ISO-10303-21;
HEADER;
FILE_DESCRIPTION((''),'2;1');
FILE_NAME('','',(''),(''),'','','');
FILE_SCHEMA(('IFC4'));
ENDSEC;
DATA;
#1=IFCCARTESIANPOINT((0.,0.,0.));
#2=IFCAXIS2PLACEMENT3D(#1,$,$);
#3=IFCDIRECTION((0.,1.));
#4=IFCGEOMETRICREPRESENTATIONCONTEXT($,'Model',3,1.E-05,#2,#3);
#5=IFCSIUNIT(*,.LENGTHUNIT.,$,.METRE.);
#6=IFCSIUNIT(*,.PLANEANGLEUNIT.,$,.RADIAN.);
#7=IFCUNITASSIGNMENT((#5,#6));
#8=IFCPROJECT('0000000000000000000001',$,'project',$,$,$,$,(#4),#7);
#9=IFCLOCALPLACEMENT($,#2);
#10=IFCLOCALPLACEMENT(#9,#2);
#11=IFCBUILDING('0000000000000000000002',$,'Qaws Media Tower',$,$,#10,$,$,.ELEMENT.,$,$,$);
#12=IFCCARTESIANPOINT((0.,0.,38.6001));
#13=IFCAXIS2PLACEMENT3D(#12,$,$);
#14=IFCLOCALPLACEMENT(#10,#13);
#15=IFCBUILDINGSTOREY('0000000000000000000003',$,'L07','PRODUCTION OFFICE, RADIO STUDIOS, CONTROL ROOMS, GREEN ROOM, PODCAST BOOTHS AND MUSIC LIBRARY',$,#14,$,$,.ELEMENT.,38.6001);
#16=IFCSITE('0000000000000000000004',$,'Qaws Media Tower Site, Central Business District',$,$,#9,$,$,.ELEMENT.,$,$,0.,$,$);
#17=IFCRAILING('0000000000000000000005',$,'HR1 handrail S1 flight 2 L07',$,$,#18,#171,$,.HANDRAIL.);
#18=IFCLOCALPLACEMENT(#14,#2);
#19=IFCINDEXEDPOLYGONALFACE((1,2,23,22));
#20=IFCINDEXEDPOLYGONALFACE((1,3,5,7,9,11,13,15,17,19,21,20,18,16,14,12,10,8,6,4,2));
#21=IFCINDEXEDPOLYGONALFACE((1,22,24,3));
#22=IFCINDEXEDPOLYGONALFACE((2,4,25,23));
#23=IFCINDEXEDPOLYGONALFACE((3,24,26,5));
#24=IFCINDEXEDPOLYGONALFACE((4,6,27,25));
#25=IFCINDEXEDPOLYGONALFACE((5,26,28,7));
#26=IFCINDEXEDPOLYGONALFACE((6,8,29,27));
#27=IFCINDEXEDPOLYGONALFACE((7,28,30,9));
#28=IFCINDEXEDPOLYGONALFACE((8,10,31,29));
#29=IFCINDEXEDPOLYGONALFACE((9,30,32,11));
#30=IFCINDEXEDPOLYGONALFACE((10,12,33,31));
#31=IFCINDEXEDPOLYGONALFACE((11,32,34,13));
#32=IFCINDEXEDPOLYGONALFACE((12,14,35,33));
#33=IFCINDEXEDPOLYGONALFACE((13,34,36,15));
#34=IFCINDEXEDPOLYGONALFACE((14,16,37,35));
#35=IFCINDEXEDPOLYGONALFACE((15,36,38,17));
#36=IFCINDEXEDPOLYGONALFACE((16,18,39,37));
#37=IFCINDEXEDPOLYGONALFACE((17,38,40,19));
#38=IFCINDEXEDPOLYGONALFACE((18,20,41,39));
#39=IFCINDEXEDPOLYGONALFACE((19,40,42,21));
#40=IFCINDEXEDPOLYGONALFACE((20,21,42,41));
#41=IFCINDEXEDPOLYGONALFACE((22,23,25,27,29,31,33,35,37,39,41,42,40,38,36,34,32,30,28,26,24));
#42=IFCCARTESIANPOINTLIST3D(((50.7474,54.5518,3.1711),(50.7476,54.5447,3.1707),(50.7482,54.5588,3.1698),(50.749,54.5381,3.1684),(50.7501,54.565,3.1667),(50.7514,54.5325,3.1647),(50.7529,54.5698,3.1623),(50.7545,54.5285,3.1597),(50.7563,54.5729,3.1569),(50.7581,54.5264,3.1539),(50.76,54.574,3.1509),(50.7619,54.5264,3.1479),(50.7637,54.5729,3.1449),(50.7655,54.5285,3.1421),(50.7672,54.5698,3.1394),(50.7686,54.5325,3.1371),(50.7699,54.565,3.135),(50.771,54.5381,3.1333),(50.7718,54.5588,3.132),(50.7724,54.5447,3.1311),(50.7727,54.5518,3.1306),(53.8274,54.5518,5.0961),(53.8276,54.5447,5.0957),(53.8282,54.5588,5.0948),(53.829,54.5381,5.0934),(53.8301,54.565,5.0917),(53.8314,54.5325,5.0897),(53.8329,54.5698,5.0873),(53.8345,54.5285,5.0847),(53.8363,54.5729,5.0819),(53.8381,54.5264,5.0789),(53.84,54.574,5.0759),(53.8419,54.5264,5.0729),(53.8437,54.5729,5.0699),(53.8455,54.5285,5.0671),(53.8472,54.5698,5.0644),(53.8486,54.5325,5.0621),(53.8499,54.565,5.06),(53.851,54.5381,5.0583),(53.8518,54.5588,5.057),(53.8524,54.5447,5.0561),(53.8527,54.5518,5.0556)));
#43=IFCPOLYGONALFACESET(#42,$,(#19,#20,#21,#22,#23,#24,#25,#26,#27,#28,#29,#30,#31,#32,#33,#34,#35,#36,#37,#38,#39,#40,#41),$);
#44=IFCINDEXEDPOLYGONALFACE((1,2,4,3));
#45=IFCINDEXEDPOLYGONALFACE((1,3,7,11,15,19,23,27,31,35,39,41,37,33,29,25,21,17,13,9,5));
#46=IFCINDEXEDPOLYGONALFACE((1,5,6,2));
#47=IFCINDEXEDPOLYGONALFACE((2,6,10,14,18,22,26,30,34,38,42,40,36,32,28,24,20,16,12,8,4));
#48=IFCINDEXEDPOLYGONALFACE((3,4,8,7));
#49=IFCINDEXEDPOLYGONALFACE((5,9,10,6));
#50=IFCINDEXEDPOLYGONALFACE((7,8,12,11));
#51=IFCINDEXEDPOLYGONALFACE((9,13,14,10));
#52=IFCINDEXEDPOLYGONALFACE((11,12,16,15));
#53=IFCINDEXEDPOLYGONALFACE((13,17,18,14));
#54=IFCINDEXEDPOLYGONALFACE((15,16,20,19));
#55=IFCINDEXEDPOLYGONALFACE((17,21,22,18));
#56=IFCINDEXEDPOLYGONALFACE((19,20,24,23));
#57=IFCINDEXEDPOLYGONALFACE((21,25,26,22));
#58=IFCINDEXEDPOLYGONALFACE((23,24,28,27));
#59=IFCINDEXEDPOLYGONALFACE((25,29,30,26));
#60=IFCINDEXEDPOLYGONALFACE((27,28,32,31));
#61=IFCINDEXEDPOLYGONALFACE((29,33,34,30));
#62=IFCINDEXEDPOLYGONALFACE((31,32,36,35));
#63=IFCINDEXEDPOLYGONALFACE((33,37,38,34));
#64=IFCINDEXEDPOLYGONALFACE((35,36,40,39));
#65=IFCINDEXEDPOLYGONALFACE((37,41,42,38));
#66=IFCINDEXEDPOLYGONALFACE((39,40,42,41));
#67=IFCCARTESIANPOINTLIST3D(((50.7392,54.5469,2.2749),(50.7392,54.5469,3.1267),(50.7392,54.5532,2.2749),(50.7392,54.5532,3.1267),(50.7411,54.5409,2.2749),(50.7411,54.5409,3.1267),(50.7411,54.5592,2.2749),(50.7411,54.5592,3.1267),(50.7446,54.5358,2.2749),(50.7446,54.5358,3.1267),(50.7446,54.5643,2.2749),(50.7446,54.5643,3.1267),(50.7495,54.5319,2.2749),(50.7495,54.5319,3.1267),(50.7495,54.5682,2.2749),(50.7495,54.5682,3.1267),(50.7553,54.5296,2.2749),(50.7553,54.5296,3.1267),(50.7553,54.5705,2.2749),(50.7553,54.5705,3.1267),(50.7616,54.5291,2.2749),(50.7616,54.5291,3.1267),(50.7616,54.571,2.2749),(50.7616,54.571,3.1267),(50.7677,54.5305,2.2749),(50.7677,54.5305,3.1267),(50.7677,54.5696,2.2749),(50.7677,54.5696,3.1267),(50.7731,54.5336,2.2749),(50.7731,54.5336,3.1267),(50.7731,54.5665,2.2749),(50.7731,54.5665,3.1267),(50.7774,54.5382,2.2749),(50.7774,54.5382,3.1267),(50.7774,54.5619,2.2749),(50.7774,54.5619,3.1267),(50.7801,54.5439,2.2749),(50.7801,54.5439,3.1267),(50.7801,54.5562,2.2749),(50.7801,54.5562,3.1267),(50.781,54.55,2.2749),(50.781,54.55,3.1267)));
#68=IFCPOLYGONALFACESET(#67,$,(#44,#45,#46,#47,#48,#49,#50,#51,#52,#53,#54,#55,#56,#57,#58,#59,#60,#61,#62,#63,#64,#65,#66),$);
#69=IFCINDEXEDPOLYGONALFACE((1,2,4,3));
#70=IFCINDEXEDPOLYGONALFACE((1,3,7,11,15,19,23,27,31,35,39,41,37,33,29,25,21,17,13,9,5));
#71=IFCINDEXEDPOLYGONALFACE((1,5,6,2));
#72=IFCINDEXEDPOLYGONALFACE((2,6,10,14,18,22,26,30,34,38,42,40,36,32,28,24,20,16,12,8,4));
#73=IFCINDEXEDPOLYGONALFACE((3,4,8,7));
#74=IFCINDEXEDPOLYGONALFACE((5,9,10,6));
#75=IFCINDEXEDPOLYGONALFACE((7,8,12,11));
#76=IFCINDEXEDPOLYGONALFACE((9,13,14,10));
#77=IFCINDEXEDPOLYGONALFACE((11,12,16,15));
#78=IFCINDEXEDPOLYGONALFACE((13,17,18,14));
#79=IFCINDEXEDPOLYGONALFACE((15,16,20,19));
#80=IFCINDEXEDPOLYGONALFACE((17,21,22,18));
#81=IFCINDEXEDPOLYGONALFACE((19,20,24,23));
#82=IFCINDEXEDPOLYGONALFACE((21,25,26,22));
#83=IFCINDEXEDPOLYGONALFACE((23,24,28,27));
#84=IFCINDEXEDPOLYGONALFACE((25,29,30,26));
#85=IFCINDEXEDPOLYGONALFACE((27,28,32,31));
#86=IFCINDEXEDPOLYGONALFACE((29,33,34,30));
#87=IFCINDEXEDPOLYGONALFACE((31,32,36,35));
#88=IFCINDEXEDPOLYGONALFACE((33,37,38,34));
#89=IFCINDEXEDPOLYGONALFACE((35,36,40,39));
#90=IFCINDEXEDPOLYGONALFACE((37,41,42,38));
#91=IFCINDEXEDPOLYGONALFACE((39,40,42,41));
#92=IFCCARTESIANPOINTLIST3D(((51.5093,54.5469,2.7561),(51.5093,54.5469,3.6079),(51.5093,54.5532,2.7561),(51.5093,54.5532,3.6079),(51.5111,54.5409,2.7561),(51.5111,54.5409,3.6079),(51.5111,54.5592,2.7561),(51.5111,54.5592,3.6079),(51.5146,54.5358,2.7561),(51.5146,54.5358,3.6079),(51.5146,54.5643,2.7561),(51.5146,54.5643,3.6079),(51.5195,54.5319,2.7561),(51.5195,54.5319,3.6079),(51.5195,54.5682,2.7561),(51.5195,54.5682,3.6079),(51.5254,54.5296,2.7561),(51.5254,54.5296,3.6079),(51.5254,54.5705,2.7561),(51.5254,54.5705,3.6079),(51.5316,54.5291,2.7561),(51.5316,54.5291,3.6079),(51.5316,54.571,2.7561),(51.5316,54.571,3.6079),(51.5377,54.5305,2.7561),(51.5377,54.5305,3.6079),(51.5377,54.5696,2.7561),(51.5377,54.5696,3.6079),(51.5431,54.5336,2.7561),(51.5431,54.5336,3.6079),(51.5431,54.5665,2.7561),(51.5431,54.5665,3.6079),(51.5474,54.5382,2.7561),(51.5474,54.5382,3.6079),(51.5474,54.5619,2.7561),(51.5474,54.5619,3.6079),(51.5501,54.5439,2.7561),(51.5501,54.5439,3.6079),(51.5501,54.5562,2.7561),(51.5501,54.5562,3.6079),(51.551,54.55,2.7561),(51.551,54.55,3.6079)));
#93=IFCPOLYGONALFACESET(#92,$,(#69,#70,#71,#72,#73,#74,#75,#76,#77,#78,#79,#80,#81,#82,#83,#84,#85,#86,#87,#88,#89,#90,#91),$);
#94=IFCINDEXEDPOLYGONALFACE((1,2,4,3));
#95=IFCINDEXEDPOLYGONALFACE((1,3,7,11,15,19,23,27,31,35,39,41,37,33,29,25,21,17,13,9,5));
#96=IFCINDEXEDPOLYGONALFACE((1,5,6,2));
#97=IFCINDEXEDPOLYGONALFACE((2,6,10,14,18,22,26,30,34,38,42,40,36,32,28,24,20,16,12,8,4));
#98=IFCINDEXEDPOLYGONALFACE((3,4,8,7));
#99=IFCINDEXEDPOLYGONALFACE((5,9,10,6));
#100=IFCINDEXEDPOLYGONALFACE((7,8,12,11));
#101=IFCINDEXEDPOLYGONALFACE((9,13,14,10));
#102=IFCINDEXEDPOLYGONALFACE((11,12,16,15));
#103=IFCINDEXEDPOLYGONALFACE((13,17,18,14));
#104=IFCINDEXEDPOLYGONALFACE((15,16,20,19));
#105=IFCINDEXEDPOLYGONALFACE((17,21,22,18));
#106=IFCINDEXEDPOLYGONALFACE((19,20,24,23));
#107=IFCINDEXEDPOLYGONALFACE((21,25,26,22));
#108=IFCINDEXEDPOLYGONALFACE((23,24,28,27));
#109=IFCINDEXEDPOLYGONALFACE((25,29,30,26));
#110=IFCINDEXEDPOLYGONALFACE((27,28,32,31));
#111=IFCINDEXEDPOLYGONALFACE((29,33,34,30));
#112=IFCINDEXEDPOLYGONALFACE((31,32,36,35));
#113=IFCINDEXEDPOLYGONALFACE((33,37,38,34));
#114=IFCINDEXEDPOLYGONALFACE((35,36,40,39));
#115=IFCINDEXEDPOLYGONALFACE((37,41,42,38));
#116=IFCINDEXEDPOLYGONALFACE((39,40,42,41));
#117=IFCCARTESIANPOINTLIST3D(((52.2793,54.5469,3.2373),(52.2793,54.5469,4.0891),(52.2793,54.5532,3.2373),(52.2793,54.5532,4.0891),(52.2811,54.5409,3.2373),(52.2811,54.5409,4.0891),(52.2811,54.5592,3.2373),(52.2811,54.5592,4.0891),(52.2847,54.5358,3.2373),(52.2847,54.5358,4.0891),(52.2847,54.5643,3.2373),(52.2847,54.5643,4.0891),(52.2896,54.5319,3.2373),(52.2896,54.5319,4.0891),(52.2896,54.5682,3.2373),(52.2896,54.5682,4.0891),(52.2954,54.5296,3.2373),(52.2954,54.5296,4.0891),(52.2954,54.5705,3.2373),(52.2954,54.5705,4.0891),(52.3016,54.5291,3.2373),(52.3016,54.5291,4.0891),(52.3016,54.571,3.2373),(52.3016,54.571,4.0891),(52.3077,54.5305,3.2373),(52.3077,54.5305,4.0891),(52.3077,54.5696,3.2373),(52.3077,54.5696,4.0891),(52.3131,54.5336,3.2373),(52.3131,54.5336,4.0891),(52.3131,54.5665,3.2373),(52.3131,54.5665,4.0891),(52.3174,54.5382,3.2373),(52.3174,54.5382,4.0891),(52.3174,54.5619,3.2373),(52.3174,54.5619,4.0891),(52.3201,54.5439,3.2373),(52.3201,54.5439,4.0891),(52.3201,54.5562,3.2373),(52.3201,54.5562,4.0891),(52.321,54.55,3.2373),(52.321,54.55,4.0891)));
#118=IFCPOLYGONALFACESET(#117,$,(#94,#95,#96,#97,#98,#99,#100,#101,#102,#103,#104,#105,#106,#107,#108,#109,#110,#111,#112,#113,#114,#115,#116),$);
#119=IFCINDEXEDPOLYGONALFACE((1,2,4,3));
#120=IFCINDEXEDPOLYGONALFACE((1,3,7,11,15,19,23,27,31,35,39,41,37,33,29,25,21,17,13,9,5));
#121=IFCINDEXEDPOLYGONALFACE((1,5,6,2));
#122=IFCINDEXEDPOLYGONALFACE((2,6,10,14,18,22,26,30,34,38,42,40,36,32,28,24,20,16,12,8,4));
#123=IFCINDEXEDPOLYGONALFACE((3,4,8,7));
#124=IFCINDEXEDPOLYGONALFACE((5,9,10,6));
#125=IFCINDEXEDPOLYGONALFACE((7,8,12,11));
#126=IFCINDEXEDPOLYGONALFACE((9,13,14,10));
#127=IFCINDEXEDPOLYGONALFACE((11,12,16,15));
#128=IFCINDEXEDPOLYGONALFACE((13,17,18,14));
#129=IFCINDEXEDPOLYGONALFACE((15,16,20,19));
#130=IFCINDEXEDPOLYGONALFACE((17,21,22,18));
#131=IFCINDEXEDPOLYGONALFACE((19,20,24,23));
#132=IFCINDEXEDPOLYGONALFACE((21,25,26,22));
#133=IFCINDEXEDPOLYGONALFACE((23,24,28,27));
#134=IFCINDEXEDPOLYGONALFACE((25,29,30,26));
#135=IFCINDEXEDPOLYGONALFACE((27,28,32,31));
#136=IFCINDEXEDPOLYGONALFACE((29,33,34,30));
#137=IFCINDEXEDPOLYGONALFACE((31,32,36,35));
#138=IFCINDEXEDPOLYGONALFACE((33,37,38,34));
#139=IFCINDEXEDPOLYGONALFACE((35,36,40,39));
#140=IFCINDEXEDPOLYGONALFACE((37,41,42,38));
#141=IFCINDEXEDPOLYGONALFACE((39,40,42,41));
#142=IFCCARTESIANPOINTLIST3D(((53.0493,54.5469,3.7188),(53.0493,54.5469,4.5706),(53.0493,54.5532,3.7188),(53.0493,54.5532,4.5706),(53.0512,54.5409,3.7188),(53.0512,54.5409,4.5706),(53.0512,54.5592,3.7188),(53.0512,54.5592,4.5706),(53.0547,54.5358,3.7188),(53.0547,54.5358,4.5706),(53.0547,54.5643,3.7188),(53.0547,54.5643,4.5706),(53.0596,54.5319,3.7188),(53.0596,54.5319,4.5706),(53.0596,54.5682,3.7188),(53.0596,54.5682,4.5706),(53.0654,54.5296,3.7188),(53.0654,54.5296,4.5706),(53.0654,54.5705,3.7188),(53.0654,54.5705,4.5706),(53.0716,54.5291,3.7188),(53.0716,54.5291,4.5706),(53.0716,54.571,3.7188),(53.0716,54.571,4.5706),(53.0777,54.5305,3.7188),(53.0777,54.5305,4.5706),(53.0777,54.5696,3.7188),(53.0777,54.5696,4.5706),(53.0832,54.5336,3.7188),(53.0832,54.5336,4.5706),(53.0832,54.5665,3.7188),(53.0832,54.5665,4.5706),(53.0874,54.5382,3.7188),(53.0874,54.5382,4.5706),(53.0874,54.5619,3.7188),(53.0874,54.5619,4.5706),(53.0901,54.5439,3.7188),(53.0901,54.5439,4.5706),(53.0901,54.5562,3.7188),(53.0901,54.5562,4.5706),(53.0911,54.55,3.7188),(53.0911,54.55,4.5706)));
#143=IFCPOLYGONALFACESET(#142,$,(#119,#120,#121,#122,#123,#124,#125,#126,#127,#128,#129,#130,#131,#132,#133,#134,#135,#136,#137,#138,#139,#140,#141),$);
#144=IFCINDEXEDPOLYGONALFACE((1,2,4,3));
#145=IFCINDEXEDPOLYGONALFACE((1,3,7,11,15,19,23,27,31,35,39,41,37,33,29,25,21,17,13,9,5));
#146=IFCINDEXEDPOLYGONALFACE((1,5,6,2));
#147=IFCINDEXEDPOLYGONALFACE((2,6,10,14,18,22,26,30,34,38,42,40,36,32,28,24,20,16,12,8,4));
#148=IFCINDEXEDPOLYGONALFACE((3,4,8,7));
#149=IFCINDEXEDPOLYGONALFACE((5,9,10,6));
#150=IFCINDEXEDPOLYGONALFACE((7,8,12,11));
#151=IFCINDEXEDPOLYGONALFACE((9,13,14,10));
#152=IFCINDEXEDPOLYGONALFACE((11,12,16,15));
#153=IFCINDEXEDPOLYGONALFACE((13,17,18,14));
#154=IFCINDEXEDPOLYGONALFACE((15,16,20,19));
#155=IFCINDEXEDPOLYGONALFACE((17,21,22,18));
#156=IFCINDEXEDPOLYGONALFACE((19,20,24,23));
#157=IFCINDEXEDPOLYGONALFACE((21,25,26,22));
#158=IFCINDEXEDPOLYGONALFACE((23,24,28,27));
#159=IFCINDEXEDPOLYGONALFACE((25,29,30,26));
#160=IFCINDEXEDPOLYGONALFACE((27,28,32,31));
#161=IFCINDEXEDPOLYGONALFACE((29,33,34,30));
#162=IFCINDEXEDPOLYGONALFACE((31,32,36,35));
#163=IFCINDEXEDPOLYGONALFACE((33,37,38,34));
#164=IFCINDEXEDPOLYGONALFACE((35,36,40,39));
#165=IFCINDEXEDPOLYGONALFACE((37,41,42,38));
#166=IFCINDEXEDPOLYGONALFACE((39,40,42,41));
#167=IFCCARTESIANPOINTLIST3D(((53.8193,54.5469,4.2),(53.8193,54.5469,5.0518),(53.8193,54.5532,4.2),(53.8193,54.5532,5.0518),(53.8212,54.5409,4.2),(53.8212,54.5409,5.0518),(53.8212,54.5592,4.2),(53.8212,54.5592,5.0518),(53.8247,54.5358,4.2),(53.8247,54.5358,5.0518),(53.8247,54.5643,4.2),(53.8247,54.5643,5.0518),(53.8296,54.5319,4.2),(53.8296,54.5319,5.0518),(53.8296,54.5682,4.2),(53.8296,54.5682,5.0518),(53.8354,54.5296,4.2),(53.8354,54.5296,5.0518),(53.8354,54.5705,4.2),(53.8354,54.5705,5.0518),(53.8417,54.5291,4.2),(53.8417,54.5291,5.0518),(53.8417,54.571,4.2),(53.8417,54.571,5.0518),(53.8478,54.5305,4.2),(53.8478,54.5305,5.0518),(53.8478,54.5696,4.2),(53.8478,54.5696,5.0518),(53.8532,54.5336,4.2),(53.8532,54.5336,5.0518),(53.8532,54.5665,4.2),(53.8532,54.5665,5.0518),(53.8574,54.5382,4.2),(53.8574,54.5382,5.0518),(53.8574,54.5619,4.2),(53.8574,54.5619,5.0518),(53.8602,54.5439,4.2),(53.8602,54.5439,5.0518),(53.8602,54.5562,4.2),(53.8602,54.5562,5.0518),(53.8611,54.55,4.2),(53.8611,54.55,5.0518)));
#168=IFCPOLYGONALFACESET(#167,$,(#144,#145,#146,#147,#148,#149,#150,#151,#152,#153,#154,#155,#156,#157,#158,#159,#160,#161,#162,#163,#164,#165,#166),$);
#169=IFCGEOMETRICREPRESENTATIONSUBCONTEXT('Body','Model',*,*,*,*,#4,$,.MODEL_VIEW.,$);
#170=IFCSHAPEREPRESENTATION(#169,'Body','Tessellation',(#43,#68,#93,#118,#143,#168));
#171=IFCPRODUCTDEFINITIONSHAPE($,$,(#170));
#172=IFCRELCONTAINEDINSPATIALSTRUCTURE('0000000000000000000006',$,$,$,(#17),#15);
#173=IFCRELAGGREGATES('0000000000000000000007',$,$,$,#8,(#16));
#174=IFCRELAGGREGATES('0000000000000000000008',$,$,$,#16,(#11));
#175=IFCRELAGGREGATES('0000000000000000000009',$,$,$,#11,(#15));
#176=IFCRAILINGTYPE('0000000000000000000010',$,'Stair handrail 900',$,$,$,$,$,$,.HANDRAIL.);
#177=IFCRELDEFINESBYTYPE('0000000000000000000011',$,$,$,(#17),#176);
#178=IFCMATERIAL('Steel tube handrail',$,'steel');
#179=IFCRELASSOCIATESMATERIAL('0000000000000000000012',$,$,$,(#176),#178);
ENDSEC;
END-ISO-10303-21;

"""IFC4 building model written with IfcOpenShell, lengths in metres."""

from ifc_helpers import new_model, si_unit, direction, frame, origin, origin_2d, place, context, subcontext, project, spatial, circle, extrude, material, type_object, element, save


model = new_model("IFC4")

# Units and contexts
model_context = context("Model", 3, precision=1e-05, world=origin(), true_north=direction((0.0, 1.0)))
body_context = subcontext(model_context, "Body", "Model", "MODEL_VIEW")
ifc_project = project(units=[si_unit("LENGTHUNIT", "METRE"), si_unit("PLANEANGLEUNIT", "RADIAN")], contexts=[model_context])

# Site, building, storey
site_placement = place(None, origin())
site = spatial("IfcSite", under=ifc_project, at=site_placement, Name="Qaws Media Tower Site, Central Business District", CompositionType="ELEMENT", RefElevation=0.0)
building_placement = place(site_placement, origin())
building = spatial("IfcBuilding", under=site, at=building_placement, Name="Qaws Media Tower", CompositionType="ELEMENT")
storey_placement = place(building_placement, frame((0.0, 0.0, 38.6001)))
storey = spatial("IfcBuildingStorey", under=building, at=storey_placement, Name="L07", Description="PRODUCTION OFFICE, RADIO STUDIOS, CONTROL ROOMS, GREEN ROOM, PODCAST BOOTHS AND MUSIC LIBRARY", CompositionType="ELEMENT", Elevation=38.6001)

# Railing
ifc_material_1 = material(Name="Steel tube handrail", Category="steel")
railing_type = type_object("IfcRailingType", Name="Stair handrail 900", PredefinedType="HANDRAIL", material=ifc_material_1)
for number, where, name in (
    (1, (50.76, 54.55, 2.2749), "HR1 handrail S1 flight 2 L07"),
):
    element("IfcRailing", number, at=place(storey_placement, frame(where)), inside=storey, type_object=railing_type, Name=name, PredefinedType="HANDRAIL", context=body_context, shape_type="SweptSolid", body=[
        extrude(circle(Radius=0.0239, at=origin_2d()), frame((0.0, 0.0, 0.876), z_axis=(0.847998, 0.0, 0.529999), x_axis=(0.0, 1.0, 0.0)), (0.0, 0.0, 1.0), 3.6321),
        extrude(circle(Radius=0.021, at=origin_2d()), origin(), (0.0, 0.0, 1.0), 0.8518),
        extrude(circle(Radius=0.021, at=origin_2d()), frame((0.77, 0.0, 0.4812)), (0.0, 0.0, 1.0), 0.8518),
        extrude(circle(Radius=0.021, at=origin_2d()), frame((1.54, 0.0, 0.9624)), (0.0, 0.0, 1.0), 0.8518),
        extrude(circle(Radius=0.021, at=origin_2d()), frame((2.3101, 0.0, 1.4438)), (0.0, 0.0, 1.0), 0.8518),
        extrude(circle(Radius=0.021, at=origin_2d()), frame((3.0801, 0.0, 1.925)), (0.0, 0.0, 1.0), 0.8518),
    ])

save(model, "model.ifc")
